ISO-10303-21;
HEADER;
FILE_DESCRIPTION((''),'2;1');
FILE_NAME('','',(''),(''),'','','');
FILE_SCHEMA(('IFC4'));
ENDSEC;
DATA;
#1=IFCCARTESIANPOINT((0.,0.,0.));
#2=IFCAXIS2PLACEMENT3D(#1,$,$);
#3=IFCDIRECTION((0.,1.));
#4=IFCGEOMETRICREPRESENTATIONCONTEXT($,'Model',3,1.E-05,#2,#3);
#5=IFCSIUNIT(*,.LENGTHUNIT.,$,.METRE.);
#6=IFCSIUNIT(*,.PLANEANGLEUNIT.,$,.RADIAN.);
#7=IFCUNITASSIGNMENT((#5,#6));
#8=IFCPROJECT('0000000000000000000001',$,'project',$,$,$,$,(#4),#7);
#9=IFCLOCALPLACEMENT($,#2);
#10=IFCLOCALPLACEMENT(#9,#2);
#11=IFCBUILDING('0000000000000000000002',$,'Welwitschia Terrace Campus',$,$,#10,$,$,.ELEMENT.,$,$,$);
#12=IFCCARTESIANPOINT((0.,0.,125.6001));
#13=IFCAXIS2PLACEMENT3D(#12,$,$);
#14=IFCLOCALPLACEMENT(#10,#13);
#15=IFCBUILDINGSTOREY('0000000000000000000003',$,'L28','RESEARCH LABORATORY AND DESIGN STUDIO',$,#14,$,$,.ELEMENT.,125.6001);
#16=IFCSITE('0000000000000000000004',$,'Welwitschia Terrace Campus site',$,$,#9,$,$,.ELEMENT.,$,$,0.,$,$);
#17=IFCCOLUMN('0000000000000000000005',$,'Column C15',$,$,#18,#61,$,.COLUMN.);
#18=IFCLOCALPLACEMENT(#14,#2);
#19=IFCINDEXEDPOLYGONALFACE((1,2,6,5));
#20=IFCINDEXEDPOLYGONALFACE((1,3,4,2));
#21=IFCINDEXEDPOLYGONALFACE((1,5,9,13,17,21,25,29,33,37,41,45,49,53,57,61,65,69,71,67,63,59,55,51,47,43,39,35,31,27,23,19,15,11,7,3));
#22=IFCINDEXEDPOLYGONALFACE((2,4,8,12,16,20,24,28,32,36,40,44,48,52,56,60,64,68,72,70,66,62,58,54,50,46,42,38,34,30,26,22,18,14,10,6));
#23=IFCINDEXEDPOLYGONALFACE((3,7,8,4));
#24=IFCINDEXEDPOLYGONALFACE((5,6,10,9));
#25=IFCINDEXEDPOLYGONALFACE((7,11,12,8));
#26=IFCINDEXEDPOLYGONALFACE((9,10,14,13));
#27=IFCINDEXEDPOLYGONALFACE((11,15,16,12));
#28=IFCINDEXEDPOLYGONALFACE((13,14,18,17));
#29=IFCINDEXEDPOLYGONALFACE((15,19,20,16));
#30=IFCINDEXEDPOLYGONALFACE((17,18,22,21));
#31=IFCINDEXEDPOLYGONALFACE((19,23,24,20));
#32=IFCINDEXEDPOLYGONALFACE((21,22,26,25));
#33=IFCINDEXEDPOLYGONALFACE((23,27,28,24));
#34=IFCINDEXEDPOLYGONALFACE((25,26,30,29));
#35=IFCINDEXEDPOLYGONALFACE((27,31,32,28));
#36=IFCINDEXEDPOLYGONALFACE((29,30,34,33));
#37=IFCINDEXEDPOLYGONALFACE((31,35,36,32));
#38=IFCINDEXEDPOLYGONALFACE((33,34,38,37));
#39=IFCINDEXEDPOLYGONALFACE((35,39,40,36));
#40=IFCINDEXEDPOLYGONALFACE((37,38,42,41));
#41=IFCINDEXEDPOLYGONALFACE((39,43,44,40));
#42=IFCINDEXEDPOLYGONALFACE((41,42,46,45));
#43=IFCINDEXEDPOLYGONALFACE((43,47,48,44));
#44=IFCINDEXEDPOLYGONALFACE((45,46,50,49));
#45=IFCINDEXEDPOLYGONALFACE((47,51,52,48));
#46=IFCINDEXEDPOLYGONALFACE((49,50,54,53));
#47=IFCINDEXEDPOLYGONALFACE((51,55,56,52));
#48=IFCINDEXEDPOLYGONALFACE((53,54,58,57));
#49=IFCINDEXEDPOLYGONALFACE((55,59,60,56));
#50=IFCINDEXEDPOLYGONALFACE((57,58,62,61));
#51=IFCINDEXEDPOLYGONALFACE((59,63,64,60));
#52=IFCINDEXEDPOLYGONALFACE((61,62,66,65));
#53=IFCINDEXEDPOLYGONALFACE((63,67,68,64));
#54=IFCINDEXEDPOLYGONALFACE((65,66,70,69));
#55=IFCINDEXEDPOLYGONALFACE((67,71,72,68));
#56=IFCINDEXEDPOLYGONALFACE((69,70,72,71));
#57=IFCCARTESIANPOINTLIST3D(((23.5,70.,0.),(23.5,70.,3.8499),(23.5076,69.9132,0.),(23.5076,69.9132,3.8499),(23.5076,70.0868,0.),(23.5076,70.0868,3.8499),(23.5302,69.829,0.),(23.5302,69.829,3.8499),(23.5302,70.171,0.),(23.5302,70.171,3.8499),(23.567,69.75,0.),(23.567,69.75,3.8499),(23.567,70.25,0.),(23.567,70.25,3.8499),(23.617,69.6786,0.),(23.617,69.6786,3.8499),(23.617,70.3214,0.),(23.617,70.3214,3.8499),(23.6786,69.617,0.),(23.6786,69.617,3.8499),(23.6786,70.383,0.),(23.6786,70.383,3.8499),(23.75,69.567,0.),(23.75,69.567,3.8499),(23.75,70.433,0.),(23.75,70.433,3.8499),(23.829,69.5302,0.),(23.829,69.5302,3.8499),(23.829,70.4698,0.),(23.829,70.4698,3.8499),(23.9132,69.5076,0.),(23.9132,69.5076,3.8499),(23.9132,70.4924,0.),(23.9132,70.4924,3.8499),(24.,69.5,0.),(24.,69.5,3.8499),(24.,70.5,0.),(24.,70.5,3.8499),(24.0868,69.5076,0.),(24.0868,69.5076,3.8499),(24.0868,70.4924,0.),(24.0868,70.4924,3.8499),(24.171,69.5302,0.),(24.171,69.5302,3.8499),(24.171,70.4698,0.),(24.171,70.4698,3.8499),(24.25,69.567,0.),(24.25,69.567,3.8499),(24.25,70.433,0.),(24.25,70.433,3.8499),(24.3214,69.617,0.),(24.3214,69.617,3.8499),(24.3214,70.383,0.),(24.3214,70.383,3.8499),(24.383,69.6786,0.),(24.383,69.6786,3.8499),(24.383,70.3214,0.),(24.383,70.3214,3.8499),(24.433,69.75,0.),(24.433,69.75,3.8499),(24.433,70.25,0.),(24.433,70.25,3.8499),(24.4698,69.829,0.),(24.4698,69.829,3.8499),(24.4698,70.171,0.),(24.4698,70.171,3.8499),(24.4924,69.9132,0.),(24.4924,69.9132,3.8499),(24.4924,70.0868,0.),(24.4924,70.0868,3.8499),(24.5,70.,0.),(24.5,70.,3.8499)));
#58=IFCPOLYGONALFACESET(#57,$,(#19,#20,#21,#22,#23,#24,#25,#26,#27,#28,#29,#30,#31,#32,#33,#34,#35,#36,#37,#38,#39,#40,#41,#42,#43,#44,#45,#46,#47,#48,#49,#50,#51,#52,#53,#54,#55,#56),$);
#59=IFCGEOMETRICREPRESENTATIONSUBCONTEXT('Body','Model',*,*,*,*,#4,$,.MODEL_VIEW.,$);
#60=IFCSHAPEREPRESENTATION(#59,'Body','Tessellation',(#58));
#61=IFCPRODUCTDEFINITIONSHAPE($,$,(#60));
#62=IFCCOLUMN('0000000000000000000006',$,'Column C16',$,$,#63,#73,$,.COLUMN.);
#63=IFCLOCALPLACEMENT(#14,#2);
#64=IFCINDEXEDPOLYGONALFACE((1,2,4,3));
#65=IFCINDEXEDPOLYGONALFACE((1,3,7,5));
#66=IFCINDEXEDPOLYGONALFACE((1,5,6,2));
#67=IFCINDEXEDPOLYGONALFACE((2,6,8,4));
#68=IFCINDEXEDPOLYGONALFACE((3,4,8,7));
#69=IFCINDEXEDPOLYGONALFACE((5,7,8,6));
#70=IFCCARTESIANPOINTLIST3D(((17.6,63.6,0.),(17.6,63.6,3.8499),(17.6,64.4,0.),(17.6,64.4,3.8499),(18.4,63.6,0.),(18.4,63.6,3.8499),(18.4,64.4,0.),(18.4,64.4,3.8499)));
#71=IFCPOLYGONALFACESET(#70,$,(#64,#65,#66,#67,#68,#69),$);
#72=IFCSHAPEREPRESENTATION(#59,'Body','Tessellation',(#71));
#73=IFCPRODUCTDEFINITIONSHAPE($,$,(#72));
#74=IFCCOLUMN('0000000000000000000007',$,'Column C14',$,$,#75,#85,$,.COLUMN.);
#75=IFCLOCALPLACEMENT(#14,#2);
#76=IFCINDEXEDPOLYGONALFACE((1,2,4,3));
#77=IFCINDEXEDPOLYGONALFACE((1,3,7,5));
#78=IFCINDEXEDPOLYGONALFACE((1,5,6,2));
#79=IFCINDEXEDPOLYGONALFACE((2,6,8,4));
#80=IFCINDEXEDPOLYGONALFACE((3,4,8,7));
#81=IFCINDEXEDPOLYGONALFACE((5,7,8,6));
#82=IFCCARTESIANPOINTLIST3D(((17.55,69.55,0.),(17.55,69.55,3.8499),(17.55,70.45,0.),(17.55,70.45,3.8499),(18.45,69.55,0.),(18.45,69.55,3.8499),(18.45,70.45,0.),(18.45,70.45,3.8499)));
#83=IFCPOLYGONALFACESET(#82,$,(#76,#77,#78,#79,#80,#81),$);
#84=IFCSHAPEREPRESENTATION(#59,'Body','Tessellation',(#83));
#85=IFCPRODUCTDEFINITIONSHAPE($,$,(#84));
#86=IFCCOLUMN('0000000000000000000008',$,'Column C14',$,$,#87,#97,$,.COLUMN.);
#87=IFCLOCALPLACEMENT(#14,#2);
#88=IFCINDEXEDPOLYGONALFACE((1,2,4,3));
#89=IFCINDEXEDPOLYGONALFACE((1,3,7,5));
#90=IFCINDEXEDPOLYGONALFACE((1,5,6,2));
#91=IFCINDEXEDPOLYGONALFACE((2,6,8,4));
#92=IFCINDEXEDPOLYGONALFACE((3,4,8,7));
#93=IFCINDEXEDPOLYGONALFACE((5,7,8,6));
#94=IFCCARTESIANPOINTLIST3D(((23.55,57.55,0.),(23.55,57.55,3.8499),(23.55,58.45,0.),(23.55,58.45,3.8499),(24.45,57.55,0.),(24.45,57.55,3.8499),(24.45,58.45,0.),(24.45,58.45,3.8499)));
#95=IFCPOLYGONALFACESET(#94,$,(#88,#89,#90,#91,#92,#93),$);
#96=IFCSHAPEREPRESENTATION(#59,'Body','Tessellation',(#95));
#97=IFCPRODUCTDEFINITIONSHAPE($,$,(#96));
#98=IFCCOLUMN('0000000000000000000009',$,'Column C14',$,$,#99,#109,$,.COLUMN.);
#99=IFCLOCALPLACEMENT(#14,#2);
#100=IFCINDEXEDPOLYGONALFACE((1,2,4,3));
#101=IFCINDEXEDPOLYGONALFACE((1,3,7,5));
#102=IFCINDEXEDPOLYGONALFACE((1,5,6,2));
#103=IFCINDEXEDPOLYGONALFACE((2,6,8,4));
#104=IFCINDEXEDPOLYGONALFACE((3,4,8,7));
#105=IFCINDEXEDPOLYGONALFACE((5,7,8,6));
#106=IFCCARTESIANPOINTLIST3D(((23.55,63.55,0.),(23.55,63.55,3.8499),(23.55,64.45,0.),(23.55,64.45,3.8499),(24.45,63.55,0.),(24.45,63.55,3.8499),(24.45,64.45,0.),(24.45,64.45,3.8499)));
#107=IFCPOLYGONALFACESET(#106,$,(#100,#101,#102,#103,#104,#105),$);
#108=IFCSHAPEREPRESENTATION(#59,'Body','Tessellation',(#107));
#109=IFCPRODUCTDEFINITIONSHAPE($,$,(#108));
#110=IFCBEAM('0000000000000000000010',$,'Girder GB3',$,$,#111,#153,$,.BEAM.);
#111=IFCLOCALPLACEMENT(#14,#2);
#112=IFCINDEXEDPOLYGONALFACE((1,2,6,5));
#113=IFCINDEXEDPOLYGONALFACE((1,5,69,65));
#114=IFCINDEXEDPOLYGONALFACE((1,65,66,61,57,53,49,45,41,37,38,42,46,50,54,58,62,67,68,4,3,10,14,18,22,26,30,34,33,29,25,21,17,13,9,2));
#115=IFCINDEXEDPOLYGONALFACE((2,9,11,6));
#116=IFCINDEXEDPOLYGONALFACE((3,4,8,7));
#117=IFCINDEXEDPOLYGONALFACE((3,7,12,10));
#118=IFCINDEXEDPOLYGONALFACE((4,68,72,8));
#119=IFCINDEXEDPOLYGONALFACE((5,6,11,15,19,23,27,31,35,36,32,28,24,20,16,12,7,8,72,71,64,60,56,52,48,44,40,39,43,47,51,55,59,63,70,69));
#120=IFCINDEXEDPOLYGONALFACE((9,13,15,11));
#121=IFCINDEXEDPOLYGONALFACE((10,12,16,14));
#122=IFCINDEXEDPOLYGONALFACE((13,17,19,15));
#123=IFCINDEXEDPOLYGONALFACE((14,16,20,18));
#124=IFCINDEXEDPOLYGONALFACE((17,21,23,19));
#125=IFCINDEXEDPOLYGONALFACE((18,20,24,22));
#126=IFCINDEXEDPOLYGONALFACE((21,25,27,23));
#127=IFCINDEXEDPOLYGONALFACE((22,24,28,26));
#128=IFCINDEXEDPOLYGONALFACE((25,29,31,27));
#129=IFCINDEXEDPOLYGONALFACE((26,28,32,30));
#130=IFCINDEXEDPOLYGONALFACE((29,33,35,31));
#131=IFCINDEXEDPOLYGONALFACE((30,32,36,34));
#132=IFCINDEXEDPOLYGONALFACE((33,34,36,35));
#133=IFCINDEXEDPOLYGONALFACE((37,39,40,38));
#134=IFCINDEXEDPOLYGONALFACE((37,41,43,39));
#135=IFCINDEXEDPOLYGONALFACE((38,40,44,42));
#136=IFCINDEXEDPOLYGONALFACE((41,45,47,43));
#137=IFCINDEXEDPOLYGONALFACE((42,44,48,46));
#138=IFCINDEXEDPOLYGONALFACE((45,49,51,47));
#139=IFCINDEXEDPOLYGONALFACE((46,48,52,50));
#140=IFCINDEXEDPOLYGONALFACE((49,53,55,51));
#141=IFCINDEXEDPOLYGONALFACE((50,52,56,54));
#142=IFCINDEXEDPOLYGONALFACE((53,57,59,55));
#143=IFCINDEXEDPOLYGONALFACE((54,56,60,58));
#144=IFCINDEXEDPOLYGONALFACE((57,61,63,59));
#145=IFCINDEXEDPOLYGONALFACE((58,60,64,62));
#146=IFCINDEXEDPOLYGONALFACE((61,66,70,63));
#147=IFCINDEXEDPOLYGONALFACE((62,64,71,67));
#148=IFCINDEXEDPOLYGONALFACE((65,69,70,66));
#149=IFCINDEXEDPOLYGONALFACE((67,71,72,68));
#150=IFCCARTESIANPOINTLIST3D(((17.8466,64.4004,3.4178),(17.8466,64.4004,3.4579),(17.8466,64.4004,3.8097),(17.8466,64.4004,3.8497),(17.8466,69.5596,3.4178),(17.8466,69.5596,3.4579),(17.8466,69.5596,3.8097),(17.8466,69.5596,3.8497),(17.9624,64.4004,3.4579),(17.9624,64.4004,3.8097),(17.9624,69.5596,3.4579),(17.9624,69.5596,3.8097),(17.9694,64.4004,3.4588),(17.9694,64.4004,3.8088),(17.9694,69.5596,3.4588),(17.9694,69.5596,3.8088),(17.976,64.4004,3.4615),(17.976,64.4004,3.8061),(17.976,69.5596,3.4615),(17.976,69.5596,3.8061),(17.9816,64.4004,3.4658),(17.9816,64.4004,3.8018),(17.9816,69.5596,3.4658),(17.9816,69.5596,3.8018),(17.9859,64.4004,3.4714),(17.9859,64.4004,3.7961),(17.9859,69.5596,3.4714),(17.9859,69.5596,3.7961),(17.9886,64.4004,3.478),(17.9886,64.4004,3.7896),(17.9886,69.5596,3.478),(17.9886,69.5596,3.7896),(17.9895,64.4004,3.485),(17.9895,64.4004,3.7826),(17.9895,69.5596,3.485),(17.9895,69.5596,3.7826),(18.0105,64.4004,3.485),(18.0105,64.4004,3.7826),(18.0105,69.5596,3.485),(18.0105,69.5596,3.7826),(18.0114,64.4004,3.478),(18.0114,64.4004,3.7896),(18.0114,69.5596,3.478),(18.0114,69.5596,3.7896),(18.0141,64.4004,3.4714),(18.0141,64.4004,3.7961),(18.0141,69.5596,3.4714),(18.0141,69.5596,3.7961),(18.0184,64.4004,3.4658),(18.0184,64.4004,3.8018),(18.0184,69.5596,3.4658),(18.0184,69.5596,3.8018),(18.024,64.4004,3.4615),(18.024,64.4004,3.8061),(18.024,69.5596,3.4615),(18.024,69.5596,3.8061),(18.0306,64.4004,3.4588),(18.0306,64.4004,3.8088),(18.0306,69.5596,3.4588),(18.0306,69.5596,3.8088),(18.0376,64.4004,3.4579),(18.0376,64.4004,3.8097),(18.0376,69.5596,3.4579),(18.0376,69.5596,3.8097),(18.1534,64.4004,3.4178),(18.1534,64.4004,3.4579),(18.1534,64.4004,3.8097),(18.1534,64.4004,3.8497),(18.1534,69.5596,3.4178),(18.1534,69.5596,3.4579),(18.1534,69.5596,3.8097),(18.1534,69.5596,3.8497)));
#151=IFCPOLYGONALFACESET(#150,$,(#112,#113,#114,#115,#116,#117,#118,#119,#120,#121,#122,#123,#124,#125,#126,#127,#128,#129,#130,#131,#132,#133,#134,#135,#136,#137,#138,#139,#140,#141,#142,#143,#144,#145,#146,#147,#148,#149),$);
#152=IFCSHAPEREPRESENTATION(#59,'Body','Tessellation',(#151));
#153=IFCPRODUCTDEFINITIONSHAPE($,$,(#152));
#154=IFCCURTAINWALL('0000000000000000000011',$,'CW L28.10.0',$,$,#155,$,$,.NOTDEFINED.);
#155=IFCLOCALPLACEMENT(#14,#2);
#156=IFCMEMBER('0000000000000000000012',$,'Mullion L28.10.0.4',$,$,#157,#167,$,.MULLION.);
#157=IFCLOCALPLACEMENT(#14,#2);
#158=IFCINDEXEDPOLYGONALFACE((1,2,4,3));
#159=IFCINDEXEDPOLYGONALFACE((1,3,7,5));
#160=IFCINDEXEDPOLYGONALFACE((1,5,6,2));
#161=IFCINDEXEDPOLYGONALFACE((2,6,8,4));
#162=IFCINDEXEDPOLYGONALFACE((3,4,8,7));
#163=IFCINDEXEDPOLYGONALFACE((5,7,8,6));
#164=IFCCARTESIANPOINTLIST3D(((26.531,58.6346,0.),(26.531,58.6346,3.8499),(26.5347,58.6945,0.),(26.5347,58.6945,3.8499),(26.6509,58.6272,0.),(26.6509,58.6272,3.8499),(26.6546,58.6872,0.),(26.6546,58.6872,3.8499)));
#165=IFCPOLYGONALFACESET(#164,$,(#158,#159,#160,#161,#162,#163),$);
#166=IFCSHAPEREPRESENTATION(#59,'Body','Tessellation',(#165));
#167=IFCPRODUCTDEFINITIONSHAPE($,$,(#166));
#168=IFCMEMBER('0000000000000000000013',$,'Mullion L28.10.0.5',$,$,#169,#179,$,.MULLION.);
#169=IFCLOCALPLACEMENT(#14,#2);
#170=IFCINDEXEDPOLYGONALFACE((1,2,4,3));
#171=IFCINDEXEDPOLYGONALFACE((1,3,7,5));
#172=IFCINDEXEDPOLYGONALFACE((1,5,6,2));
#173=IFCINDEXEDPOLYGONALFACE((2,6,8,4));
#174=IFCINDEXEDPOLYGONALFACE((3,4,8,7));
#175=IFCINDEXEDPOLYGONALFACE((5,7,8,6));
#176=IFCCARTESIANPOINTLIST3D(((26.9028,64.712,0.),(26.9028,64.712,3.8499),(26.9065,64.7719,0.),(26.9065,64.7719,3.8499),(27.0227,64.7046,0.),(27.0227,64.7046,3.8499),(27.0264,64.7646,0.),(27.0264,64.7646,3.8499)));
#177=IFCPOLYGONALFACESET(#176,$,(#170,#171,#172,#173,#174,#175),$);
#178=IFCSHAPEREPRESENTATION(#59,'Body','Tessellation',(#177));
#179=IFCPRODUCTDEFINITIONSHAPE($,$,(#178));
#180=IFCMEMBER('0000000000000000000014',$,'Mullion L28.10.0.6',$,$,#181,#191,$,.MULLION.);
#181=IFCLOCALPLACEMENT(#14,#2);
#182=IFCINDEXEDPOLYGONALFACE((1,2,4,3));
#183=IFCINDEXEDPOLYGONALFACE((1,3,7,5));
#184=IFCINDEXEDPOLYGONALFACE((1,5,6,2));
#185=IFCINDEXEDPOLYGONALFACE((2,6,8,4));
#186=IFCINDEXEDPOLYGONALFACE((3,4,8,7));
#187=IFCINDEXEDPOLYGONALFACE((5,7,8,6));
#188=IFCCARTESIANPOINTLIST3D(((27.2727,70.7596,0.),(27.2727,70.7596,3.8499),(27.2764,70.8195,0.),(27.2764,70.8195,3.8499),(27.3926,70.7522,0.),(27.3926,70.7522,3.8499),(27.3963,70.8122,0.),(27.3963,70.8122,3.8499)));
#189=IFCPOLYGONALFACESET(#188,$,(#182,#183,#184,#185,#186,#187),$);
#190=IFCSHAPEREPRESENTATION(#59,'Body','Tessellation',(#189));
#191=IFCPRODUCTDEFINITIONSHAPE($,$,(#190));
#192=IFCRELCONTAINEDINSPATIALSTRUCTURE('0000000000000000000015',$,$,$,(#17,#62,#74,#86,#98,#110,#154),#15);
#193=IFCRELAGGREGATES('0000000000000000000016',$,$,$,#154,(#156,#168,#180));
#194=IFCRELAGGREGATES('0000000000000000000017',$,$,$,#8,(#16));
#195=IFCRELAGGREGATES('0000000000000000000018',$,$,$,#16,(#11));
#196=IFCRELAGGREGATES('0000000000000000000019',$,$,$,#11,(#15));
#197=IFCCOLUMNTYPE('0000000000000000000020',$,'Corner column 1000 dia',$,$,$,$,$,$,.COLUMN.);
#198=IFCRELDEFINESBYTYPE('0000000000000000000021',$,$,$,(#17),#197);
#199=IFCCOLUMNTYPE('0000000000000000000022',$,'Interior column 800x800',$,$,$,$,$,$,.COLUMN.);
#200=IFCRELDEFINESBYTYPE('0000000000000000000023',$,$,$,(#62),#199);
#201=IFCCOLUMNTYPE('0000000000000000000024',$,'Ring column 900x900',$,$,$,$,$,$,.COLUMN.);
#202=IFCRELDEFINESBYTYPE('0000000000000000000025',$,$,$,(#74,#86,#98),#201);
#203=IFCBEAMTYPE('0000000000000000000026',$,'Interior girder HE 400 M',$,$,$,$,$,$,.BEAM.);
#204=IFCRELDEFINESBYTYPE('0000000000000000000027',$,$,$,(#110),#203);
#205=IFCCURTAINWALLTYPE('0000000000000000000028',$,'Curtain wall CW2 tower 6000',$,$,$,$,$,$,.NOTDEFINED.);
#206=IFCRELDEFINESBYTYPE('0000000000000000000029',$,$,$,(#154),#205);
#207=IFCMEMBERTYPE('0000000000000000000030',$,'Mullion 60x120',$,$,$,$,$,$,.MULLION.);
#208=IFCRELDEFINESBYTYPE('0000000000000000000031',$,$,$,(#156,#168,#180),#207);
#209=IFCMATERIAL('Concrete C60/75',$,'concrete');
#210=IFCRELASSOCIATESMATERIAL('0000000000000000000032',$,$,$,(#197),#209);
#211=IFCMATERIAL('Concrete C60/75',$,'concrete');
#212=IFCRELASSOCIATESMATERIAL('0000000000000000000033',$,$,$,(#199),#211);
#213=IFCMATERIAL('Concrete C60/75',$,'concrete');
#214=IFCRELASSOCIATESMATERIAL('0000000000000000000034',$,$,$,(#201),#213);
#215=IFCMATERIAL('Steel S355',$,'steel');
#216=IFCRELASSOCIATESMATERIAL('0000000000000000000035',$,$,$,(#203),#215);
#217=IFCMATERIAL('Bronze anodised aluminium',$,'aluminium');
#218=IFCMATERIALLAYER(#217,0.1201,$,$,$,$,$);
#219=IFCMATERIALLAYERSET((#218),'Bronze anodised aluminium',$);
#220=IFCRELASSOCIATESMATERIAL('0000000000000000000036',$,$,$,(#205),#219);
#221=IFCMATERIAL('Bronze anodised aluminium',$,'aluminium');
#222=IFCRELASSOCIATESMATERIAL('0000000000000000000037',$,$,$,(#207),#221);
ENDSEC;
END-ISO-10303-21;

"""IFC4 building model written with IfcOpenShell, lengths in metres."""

from ifc_helpers import new_model, si_unit, direction, frame, origin, origin_2d, place, context, subcontext, project, spatial, rectangle, circle, i_section, extrude, material, layer, layer_set, material_profile, profile_set, type_object, element, aggregate, save


model = new_model("IFC4")

# Units and contexts
model_context = context("Model", 3, precision=1e-05, world=origin(), true_north=direction((0.0, 1.0)))
body_context = subcontext(model_context, "Body", "Model", "MODEL_VIEW")
ifc_project = project(units=[si_unit("LENGTHUNIT", "METRE"), si_unit("PLANEANGLEUNIT", "RADIAN")], contexts=[model_context])

# Site, building, storey
site_placement = place(None, origin())
site = spatial("IfcSite", under=ifc_project, at=site_placement, Name="Welwitschia Terrace Campus site", CompositionType="ELEMENT", RefElevation=0.0)
building_placement = place(site_placement, origin())
building = spatial("IfcBuilding", under=site, at=building_placement, Name="Welwitschia Terrace Campus", CompositionType="ELEMENT")
storey_placement = place(building_placement, frame((0.0, 0.0, 125.6001)))
storey = spatial("IfcBuildingStorey", under=building, at=storey_placement, Name="L28", Description="RESEARCH LABORATORY AND DESIGN STUDIO", CompositionType="ELEMENT", Elevation=125.6001)

# Columns
ifc_material_1 = material(Name="Concrete C60/75", Category="concrete")
ifc_material_profile_1 = material_profile(ifc_material_1, circle(Radius=0.5, at=origin_2d()))
ifc_profile_set_1 = profile_set([ifc_material_profile_1], Name="Concrete C60/75")
column_type_1 = type_object("IfcColumnType", Name="Corner column 1000 dia", PredefinedType="COLUMN", material=ifc_profile_set_1)
column_1_placement = place(storey_placement, frame((24.0, 70.0, 0.0), z_axis=(0.0, 0.0, 1.0), x_axis=(1.0, 0.0, 0.0)))
element("IfcColumn", 1, at=column_1_placement, inside=storey, type_object=column_type_1, Name="Column C15", PredefinedType="COLUMN", context=body_context, shape_type="SweptSolid", body=[
    extrude(circle(Radius=0.5, at=origin_2d()), origin(), (0.0, 0.0, 1.0), 3.8499),
])
ifc_material_2 = material(Name="Concrete C60/75", Category="concrete")
ifc_material_profile_2 = material_profile(ifc_material_2, rectangle(XDim=0.8, YDim=0.8, at=origin_2d()))
ifc_profile_set_2 = profile_set([ifc_material_profile_2], Name="Concrete C60/75")
column_type_2 = type_object("IfcColumnType", Name="Interior column 800x800", PredefinedType="COLUMN", material=ifc_profile_set_2)
column_2_placement = place(storey_placement, frame((18.0, 64.0, 0.0), z_axis=(0.0, 0.0, 1.0), x_axis=(1.0, 0.0, 0.0)))
element("IfcColumn", 2, at=column_2_placement, inside=storey, type_object=column_type_2, Name="Column C16", PredefinedType="COLUMN", context=body_context, shape_type="SweptSolid", body=[
    extrude(rectangle(XDim=0.8, YDim=0.8, at=origin_2d()), origin(), (0.0, 0.0, 1.0), 3.8499),
])
ifc_material_3 = material(Name="Concrete C60/75", Category="concrete")
ifc_material_profile_3 = material_profile(ifc_material_3, rectangle(XDim=0.8999, YDim=0.8999, at=origin_2d()))
ifc_profile_set_3 = profile_set([ifc_material_profile_3], Name="Concrete C60/75")
column_type_3 = type_object("IfcColumnType", Name="Ring column 900x900", PredefinedType="COLUMN", material=ifc_profile_set_3)
for number, where, z_axis, x_axis, name in (
    (3, (18.0, 70.0, 0.0), (0.0, 0.0, 1.0), (1.0, 0.0, 0.0), "Column C14"),
    (4, (24.0, 58.0, 0.0), (0.0, 0.0, 1.0), (1.0, 0.0, 0.0), "Column C14"),
    (5, (24.0, 64.0, 0.0), (0.0, 0.0, 1.0), (1.0, 0.0, 0.0), "Column C14"),
):
    element("IfcColumn", number, at=place(storey_placement, frame(where, z_axis=z_axis, x_axis=x_axis)), inside=storey, type_object=column_type_3, Name=name, PredefinedType="COLUMN", context=body_context, shape_type="SweptSolid", body=[
        extrude(rectangle(XDim=0.8999, YDim=0.8999, at=origin_2d()), origin(), (0.0, 0.0, 1.0), 3.8499),
    ])

# Beam
ifc_material_4 = material(Name="Steel S355", Category="steel")
ifc_material_profile_4 = material_profile(ifc_material_4, i_section(OverallWidth=0.3069, OverallDepth=0.4319, WebThickness=0.021, FlangeThickness=0.04, FilletRadius=0.0271, at=origin_2d()))
ifc_profile_set_4 = profile_set([ifc_material_profile_4], Name="Steel S355")
beam_type_1 = type_object("IfcBeamType", Name="Interior girder HE 400 M", PredefinedType="BEAM", material=ifc_profile_set_4)
beam_1_placement = place(storey_placement, frame((18.0, 64.4004, 3.6338), z_axis=(0.0, 1.0, 0.0), x_axis=(-1.0, 0.0, 0.0)))
element("IfcBeam", 6, at=beam_1_placement, inside=storey, type_object=beam_type_1, Name="Girder GB3", PredefinedType="BEAM", context=body_context, shape_type="SweptSolid", body=[
    extrude(i_section(OverallWidth=0.3069, OverallDepth=0.4319, WebThickness=0.021, FlangeThickness=0.04, FilletRadius=0.0271, at=origin_2d()), origin(), (0.0, 0.0, 1.0), 5.1592),
])

# Curtain wall, members
ifc_material_5 = material(Name="Bronze anodised aluminium", Category="aluminium")
ifc_layer_1 = layer(ifc_material_5, 0.1201)
ifc_layer_set_1 = layer_set([ifc_layer_1], Name="Bronze anodised aluminium")
curtain_wall_type = type_object("IfcCurtainWallType", Name="Curtain wall CW2 tower 6000", PredefinedType="NOTDEFINED", material=ifc_layer_set_1)
curtain_wall_1_placement = place(storey_placement, origin())
curtain_wall_1 = element("IfcCurtainWall", 7, at=curtain_wall_1_placement, inside=storey, type_object=curtain_wall_type, Name="CW L28.10.0", PredefinedType="NOTDEFINED")
ifc_material_6 = material(Name="Bronze anodised aluminium", Category="aluminium")
ifc_material_profile_5 = material_profile(ifc_material_6, rectangle(XDim=0.1201, YDim=0.0601, at=origin_2d()))
ifc_profile_set_5 = profile_set([ifc_material_profile_5], Name="Bronze anodised aluminium")
member_type_1 = type_object("IfcMemberType", Name="Mullion 60x120", PredefinedType="MULLION", material=ifc_profile_set_5)
member_1_placement = place(storey_placement, frame((26.5928, 58.6609, 0.0), z_axis=(0.0, 0.0, 1.0), x_axis=(-0.998135, 0.061049, 0.0)))
member_1 = element("IfcMember", 8, at=member_1_placement, type_object=member_type_1, Name="Mullion L28.10.0.4", PredefinedType="MULLION", context=body_context, shape_type="SweptSolid", body=[
    extrude(rectangle(XDim=0.1201, YDim=0.0601, at=origin_2d()), origin(), (0.0, 0.0, 1.0), 3.8499),
])
member_2_placement = place(storey_placement, frame((26.9646, 64.7383, 0.0), z_axis=(0.0, 0.0, 1.0), x_axis=(-0.998135, 0.061049, 0.0)))
member_2 = element("IfcMember", 9, at=member_2_placement, type_object=member_type_1, Name="Mullion L28.10.0.5", PredefinedType="MULLION", context=body_context, shape_type="SweptSolid", body=[
    extrude(rectangle(XDim=0.1201, YDim=0.0601, at=origin_2d()), origin(), (0.0, 0.0, 1.0), 3.8499),
])
member_3_placement = place(storey_placement, frame((27.3345, 70.7859, 0.0), z_axis=(0.0, 0.0, 1.0), x_axis=(-0.998135, 0.061049, 0.0)))
member_3 = element("IfcMember", 10, at=member_3_placement, type_object=member_type_1, Name="Mullion L28.10.0.6", PredefinedType="MULLION", context=body_context, shape_type="SweptSolid", body=[
    extrude(rectangle(XDim=0.1201, YDim=0.0601, at=origin_2d()), origin(), (0.0, 0.0, 1.0), 3.8499),
])

aggregate(curtain_wall_1, [member_1, member_2, member_3])

save(model, "model.ifc")
